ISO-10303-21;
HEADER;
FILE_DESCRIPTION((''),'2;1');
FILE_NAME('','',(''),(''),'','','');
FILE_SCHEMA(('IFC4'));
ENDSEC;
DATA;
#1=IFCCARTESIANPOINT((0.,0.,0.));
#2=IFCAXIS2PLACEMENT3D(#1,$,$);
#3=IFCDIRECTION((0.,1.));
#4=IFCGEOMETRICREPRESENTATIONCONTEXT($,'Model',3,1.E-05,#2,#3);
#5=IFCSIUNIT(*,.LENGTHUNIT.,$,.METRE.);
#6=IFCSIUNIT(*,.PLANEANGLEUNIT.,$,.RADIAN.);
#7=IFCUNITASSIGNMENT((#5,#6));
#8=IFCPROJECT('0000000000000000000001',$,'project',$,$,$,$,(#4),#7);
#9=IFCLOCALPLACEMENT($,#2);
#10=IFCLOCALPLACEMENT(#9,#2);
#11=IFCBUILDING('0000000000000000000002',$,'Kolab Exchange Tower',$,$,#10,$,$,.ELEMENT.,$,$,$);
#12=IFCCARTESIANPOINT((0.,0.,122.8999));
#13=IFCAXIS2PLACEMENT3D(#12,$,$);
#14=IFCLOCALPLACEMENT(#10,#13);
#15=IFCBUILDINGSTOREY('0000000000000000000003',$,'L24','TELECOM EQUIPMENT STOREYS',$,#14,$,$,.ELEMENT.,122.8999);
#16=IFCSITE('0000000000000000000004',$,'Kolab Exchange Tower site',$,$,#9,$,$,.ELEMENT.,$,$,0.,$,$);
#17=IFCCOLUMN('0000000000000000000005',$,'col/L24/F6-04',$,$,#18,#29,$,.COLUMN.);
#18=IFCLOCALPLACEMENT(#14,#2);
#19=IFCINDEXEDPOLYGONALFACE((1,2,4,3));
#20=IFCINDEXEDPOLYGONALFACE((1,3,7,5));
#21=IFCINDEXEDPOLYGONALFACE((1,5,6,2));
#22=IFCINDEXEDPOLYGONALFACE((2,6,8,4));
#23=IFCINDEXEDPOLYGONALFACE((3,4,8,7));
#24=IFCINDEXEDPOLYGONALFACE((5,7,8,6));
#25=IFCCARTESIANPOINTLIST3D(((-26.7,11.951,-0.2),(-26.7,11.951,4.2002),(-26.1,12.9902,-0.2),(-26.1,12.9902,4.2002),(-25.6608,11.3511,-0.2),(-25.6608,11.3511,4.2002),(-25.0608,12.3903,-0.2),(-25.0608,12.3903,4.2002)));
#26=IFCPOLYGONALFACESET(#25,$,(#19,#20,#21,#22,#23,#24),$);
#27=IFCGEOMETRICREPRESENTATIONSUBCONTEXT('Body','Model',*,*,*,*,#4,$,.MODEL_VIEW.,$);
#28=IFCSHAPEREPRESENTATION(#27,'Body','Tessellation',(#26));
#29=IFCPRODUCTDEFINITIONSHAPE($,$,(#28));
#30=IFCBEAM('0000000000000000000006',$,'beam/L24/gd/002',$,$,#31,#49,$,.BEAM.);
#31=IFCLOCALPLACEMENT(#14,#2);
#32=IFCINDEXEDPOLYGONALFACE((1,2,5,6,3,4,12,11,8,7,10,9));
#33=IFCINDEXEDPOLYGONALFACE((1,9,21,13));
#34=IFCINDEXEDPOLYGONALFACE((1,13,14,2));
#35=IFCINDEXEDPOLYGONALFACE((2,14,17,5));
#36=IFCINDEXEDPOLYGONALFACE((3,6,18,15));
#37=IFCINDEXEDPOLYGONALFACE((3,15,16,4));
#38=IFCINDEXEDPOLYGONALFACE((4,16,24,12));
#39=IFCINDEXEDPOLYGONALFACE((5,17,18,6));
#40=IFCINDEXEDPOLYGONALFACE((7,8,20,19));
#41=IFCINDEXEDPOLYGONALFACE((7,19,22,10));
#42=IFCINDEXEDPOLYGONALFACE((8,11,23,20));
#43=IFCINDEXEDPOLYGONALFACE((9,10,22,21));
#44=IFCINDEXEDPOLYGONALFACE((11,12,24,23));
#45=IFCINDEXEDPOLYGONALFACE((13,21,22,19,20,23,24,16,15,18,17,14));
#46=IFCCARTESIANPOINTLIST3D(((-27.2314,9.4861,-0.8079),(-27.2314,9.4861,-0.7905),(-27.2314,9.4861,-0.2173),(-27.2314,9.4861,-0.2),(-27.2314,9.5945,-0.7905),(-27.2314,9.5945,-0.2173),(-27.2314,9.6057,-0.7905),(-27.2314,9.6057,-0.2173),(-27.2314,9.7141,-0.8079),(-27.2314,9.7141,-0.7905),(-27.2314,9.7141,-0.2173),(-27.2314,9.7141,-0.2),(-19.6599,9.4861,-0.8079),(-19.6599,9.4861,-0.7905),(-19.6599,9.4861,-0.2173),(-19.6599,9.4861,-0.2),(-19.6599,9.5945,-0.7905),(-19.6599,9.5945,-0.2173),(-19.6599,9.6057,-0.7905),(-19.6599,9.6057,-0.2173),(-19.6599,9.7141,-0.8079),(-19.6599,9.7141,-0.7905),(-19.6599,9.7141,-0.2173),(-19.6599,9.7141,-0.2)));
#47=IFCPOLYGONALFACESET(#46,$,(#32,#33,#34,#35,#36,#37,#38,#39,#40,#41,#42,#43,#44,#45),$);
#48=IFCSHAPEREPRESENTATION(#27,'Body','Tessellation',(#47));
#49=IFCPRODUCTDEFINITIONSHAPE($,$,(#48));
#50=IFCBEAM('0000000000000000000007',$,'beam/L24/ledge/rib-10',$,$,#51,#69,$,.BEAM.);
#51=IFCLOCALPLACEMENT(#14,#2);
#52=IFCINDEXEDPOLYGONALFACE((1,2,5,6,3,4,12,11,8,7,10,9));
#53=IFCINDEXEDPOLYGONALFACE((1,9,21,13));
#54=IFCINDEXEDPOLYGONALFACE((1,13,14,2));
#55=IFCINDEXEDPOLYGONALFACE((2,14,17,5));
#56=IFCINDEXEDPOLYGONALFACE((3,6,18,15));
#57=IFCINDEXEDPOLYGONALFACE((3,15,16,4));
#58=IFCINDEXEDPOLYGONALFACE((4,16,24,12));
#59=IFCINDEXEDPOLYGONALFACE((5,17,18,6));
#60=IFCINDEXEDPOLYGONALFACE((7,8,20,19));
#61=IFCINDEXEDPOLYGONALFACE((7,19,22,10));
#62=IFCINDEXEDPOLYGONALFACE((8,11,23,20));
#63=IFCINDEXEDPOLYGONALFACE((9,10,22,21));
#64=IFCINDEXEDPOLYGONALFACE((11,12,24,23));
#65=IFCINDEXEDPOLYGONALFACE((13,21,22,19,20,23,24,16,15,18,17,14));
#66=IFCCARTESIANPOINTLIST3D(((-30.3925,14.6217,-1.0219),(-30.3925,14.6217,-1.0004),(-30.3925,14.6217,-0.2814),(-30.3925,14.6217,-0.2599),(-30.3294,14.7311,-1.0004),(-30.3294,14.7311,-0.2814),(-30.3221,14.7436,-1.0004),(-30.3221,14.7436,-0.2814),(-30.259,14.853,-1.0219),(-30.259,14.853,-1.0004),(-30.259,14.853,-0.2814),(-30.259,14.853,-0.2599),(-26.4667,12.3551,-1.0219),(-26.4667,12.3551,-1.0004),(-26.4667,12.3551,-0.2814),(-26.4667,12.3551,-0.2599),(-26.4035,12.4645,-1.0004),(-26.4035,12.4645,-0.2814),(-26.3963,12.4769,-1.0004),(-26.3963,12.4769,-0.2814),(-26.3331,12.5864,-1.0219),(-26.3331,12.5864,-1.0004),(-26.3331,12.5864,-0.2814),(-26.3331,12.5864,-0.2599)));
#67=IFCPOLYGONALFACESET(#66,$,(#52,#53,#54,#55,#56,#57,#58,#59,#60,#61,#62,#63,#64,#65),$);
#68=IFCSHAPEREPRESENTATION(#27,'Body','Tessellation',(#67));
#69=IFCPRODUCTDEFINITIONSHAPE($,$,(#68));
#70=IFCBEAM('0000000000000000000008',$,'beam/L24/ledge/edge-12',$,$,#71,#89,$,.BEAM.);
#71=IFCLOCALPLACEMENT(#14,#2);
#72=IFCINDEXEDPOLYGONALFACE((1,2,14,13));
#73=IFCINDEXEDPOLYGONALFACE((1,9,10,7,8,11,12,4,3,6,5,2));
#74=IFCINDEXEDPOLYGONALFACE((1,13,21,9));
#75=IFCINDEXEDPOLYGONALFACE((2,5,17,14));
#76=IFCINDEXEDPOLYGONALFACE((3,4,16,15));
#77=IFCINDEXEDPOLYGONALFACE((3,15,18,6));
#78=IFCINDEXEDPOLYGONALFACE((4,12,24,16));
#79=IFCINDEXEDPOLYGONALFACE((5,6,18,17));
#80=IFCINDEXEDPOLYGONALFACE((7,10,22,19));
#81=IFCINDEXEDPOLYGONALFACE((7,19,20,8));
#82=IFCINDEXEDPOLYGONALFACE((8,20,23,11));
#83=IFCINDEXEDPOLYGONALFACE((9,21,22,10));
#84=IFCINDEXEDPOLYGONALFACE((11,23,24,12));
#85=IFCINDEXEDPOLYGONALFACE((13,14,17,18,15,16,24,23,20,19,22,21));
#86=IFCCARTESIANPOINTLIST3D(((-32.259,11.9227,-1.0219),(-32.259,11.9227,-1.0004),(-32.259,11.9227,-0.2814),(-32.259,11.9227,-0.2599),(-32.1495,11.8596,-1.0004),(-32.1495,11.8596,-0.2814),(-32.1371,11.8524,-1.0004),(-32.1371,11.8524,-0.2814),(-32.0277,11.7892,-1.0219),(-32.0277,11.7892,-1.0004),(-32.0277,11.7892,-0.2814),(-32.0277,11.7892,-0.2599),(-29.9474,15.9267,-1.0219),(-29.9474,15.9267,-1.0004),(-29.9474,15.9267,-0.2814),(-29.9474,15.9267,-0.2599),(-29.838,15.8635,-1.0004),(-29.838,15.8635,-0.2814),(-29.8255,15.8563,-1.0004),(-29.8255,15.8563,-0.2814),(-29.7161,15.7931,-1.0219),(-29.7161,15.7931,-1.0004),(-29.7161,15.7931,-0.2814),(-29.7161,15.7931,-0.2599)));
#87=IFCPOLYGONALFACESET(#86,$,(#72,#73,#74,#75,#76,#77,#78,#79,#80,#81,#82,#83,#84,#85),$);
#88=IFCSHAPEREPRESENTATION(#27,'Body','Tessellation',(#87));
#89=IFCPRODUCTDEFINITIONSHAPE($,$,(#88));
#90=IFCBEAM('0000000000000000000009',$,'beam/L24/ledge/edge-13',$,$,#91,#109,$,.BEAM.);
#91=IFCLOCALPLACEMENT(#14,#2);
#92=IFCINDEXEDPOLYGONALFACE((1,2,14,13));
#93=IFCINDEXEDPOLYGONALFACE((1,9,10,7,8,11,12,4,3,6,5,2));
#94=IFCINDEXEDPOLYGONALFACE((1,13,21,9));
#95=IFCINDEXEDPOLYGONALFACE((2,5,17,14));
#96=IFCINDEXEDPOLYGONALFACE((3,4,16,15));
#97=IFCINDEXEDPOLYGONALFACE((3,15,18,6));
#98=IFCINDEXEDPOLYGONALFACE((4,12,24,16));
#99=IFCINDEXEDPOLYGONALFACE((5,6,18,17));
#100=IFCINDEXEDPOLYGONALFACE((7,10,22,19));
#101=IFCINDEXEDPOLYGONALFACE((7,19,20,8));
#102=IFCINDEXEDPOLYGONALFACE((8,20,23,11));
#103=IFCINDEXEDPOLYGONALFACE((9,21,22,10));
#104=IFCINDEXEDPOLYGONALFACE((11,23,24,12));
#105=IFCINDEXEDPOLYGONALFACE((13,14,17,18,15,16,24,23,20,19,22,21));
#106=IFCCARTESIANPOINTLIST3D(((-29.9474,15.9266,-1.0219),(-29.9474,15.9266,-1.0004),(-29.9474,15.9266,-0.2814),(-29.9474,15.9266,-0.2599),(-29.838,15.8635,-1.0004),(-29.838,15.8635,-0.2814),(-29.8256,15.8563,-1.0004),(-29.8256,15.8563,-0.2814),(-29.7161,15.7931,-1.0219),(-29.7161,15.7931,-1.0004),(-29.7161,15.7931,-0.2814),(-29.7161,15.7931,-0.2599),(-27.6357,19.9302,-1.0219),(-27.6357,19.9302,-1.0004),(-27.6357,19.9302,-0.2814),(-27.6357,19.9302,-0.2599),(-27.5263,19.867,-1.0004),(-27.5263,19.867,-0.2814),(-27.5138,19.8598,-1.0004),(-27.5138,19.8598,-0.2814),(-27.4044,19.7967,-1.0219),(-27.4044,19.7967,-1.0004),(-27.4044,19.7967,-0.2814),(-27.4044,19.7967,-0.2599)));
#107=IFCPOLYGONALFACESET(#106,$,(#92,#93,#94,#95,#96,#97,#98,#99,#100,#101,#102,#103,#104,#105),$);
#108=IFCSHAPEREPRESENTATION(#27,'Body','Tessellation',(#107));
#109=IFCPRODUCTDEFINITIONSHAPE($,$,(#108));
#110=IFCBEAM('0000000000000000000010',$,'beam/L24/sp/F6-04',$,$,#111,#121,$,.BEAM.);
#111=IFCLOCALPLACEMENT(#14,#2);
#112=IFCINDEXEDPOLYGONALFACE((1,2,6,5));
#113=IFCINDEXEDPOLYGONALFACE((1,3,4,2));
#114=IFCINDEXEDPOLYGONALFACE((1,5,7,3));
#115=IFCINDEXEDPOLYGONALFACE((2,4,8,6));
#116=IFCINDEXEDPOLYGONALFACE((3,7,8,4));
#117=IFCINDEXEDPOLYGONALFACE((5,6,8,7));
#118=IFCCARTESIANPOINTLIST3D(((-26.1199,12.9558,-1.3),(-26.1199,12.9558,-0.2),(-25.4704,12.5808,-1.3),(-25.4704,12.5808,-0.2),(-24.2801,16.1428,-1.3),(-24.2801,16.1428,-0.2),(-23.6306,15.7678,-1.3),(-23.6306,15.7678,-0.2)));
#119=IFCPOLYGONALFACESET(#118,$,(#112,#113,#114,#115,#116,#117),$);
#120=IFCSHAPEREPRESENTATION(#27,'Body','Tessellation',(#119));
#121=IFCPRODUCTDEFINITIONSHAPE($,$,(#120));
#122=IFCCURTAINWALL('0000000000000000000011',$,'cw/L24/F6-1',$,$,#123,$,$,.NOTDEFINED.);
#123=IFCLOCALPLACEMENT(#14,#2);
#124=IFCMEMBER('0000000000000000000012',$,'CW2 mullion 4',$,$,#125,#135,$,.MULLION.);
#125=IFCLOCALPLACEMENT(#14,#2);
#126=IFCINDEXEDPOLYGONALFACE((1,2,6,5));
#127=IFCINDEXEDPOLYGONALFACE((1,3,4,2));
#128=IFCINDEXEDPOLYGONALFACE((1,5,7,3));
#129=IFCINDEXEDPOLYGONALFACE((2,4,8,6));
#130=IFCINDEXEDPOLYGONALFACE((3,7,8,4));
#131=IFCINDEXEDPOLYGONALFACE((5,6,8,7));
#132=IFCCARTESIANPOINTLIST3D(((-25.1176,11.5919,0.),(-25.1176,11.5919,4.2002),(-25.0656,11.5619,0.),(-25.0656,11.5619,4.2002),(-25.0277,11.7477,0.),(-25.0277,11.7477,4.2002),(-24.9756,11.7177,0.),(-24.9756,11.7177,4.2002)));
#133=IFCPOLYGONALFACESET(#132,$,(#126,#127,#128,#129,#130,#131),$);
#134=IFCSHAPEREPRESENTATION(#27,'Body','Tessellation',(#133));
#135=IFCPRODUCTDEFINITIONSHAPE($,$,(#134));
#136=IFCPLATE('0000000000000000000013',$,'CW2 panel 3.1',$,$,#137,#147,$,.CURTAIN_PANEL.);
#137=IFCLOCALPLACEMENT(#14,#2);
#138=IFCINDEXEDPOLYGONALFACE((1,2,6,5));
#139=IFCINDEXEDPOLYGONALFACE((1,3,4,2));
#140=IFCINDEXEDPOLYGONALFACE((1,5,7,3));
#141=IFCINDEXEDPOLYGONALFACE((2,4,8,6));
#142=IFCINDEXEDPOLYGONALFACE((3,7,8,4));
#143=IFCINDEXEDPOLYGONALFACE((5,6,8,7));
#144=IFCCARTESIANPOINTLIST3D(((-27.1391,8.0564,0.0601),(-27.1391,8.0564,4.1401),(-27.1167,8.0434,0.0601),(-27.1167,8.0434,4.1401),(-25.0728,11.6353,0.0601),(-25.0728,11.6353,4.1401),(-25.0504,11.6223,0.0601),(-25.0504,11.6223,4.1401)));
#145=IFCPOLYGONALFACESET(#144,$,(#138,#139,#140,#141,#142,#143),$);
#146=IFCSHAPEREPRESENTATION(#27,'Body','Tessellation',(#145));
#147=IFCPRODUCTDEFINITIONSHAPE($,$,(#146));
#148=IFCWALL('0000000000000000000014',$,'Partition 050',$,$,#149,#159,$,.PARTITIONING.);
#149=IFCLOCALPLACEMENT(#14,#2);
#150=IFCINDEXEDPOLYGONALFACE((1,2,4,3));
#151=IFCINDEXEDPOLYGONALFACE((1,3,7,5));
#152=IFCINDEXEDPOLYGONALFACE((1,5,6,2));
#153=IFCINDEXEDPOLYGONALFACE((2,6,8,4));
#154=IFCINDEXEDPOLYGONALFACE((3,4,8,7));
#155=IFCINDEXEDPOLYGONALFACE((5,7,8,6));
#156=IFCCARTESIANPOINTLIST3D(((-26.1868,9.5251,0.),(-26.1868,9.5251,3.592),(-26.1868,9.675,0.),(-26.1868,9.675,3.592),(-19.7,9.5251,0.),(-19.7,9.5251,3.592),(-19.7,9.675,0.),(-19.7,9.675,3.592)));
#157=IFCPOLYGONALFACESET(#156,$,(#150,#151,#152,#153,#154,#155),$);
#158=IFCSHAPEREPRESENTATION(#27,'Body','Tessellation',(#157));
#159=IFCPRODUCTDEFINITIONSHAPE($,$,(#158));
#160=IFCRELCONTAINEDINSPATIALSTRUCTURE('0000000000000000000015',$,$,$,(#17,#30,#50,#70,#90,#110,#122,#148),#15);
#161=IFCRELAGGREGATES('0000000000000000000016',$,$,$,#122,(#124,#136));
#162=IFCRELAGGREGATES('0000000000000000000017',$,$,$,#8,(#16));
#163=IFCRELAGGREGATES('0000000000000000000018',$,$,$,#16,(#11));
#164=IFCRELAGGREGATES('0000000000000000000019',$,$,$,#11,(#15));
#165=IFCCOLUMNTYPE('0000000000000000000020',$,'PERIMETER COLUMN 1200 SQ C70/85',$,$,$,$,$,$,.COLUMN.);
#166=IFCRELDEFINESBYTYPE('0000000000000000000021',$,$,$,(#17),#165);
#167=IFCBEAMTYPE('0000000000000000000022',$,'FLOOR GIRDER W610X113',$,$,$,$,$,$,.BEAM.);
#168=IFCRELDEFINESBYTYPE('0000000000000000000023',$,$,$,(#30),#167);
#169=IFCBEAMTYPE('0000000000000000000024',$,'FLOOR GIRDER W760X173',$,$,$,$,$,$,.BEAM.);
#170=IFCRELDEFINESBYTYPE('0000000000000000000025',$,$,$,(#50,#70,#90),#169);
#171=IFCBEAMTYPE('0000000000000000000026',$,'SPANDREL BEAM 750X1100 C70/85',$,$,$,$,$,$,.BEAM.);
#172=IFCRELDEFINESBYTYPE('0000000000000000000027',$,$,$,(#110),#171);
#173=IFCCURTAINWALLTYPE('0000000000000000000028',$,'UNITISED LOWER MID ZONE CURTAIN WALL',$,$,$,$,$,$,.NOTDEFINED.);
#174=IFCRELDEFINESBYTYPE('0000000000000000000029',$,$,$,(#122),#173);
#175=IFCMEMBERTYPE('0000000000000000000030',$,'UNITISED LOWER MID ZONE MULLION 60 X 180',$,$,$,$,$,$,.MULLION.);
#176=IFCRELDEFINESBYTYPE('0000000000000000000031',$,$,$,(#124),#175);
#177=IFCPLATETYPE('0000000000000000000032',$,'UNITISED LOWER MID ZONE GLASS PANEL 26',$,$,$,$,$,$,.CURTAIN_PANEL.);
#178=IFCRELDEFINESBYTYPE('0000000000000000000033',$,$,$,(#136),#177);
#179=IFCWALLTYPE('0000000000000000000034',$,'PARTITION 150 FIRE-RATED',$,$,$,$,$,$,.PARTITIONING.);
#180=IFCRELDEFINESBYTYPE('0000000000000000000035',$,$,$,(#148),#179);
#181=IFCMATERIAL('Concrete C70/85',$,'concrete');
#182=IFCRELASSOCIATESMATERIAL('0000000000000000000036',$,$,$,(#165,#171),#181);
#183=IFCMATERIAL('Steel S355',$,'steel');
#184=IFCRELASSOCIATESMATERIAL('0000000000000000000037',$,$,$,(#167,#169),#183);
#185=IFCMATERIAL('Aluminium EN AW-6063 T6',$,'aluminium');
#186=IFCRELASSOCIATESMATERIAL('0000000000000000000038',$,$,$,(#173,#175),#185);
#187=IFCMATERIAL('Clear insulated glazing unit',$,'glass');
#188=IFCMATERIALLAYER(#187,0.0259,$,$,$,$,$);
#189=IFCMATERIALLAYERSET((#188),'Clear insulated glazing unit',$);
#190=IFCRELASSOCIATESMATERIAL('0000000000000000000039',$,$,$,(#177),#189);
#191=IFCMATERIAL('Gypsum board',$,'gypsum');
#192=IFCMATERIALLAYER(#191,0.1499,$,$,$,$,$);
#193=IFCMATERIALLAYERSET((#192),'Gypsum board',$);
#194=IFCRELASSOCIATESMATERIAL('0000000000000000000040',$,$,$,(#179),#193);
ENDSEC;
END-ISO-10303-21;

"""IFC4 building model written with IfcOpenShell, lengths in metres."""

from ifc_helpers import new_model, si_unit, direction, frame, frame_2d, origin, origin_2d, place, context, subcontext, project, spatial, rectangle, i_section, extrude, material, layer, layer_set, material_profile, profile_set, type_object, element, aggregate, save


model = new_model("IFC4")

# Units and contexts
model_context = context("Model", 3, precision=1e-05, world=origin(), true_north=direction((0.0, 1.0)))
body_context = subcontext(model_context, "Body", "Model", "MODEL_VIEW")
ifc_project = project(units=[si_unit("LENGTHUNIT", "METRE"), si_unit("PLANEANGLEUNIT", "RADIAN")], contexts=[model_context])

# Site, building, storey
site_placement = place(None, origin())
site = spatial("IfcSite", under=ifc_project, at=site_placement, Name="Kolab Exchange Tower site", CompositionType="ELEMENT", RefElevation=0.0)
building_placement = place(site_placement, origin())
building = spatial("IfcBuilding", under=site, at=building_placement, Name="Kolab Exchange Tower", CompositionType="ELEMENT")
storey_placement = place(building_placement, frame((0.0, 0.0, 122.8999)))
storey = spatial("IfcBuildingStorey", under=building, at=storey_placement, Name="L24", Description="TELECOM EQUIPMENT STOREYS", CompositionType="ELEMENT", Elevation=122.8999)

# Column
ifc_material_1 = material(Name="Concrete C70/85", Category="concrete")
ifc_material_profile_1 = material_profile(ifc_material_1, rectangle(XDim=1.2, YDim=1.2, at=origin_2d()), Name="RC1200")
ifc_profile_set_1 = profile_set([ifc_material_profile_1], Name="Concrete C70/85")
column_type = type_object("IfcColumnType", Name="PERIMETER COLUMN 1200 SQ C70/85", PredefinedType="COLUMN", material=ifc_profile_set_1)
column_placement = place(storey_placement, frame((-25.8804, 12.1707, -0.2), z_axis=(0.0, 0.0, 1.0), x_axis=(0.5, 0.866025, 0.0)))
element("IfcColumn", 1, at=column_placement, inside=storey, type_object=column_type, Name="col/L24/F6-04", PredefinedType="COLUMN", context=body_context, shape_type="SweptSolid", body=[
    extrude(rectangle(XDim=1.2, YDim=1.2, at=origin_2d()), origin(), (0.0, 0.0, 1.0), 4.4001),
])

# Beams
ifc_material_2 = material(Name="Steel S355", Category="steel")
ifc_material_profile_2 = material_profile(ifc_material_2, i_section(OverallWidth=0.228, OverallDepth=0.6079, WebThickness=0.0112, FlangeThickness=0.0173, at=origin_2d()), Name="W610X113")
ifc_profile_set_2 = profile_set([ifc_material_profile_2], Name="Steel S355")
beam_type_1 = type_object("IfcBeamType", Name="FLOOR GIRDER W610X113", PredefinedType="BEAM", material=ifc_profile_set_2)
beam_1_placement = place(storey_placement, frame((-27.2314, 9.6001, -0.5039), z_axis=(1.0, 0.0, 0.0), x_axis=(0.0, 1.0, 0.0)))
element("IfcBeam", 2, at=beam_1_placement, inside=storey, type_object=beam_type_1, Name="beam/L24/gd/002", PredefinedType="BEAM", context=body_context, shape_type="SweptSolid", body=[
    extrude(i_section(OverallWidth=0.228, OverallDepth=0.6079, WebThickness=0.0112, FlangeThickness=0.0173, at=origin_2d()), origin(), (0.0, 0.0, 1.0), 7.5715),
])
ifc_material_profile_3 = material_profile(ifc_material_2, i_section(OverallWidth=0.2671, OverallDepth=0.762, WebThickness=0.0144, FlangeThickness=0.0215, at=origin_2d()), Name="W760X173")
ifc_profile_set_3 = profile_set([ifc_material_profile_3], Name="Steel S355")
beam_type_2 = type_object("IfcBeamType", Name="FLOOR GIRDER W760X173", PredefinedType="BEAM", material=ifc_profile_set_3)
beam_2_placement = place(storey_placement, frame((-26.3999, 12.4707, -0.6409), z_axis=(-0.866021, 0.500008, 0.0), x_axis=(-0.500008, -0.866021, 0.0)))
element("IfcBeam", 3, at=beam_2_placement, inside=storey, type_object=beam_type_2, Name="beam/L24/ledge/rib-10", PredefinedType="BEAM", context=body_context, shape_type="SweptSolid", body=[
    extrude(i_section(OverallWidth=0.2671, OverallDepth=0.762, WebThickness=0.0144, FlangeThickness=0.0215, at=origin_2d()), origin(), (0.0, 0.0, 1.0), 4.5332),
])
beam_3_placement = place(storey_placement, frame((-32.1433, 11.856, -0.6409), z_axis=(0.499978, 0.866038, 0.0), x_axis=(-0.866038, 0.499978, 0.0)))
element("IfcBeam", 4, at=beam_3_placement, inside=storey, type_object=beam_type_2, Name="beam/L24/ledge/edge-12", PredefinedType="BEAM", context=body_context, shape_type="SweptSolid", body=[
    extrude(i_section(OverallWidth=0.2671, OverallDepth=0.762, WebThickness=0.0144, FlangeThickness=0.0215, at=origin_2d()), origin(), (0.0, 0.0, 1.0), 4.6233),
])
beam_4_placement = place(storey_placement, frame((-29.8318, 15.8599, -0.6409), z_axis=(0.500041, 0.866002, 0.0), x_axis=(-0.866002, 0.500041, 0.0)))
element("IfcBeam", 5, at=beam_4_placement, inside=storey, type_object=beam_type_2, Name="beam/L24/ledge/edge-13", PredefinedType="BEAM", context=body_context, shape_type="SweptSolid", body=[
    extrude(i_section(OverallWidth=0.2671, OverallDepth=0.762, WebThickness=0.0144, FlangeThickness=0.0215, at=origin_2d()), origin(), (0.0, 0.0, 1.0), 4.623),
])
ifc_material_profile_4 = material_profile(ifc_material_1, rectangle(XDim=0.75, YDim=1.1001, at=origin_2d()), Name="RC750X1100")
ifc_profile_set_4 = profile_set([ifc_material_profile_4], Name="Concrete C70/85")
beam_type_3 = type_object("IfcBeamType", Name="SPANDREL BEAM 750X1100 C70/85", PredefinedType="BEAM", material=ifc_profile_set_4)
beam_5_placement = place(storey_placement, frame((-25.7952, 12.7683, -0.75), z_axis=(0.499964, 0.866046, 0.0), x_axis=(-0.866046, 0.499964, 0.0)))
element("IfcBeam", 6, at=beam_5_placement, inside=storey, type_object=beam_type_3, Name="beam/L24/sp/F6-04", PredefinedType="BEAM", context=body_context, shape_type="SweptSolid", body=[
    extrude(rectangle(XDim=0.75, YDim=1.1001, at=origin_2d()), origin(), (0.0, 0.0, 1.0), 3.6799),
])

# Curtain wall, member, plate
ifc_material_3 = material(Name="Aluminium EN AW-6063 T6", Category="aluminium")
curtain_wall_type = type_object("IfcCurtainWallType", Name="UNITISED LOWER MID ZONE CURTAIN WALL", PredefinedType="NOTDEFINED", material=ifc_material_3)
curtain_wall_placement = place(storey_placement, origin())
curtain_wall = element("IfcCurtainWall", 7, at=curtain_wall_placement, inside=storey, type_object=curtain_wall_type, Name="cw/L24/F6-1", PredefinedType="NOTDEFINED")
ifc_material_profile_5 = material_profile(ifc_material_3, rectangle(XDim=0.0601, YDim=0.1799, at=origin_2d()), Name="RECT 60X180")
ifc_profile_set_5 = profile_set([ifc_material_profile_5], Name="Aluminium EN AW-6063 T6")
member_type = type_object("IfcMemberType", Name="UNITISED LOWER MID ZONE MULLION 60 X 180", PredefinedType="MULLION", material=ifc_profile_set_5)
member_placement = place(storey_placement, frame((-25.0466, 11.6548, 0.0), z_axis=(0.0, 0.0, 1.0), x_axis=(-0.866025, 0.5, 0.0)))
member = element("IfcMember", 8, at=member_placement, type_object=member_type, Name="CW2 mullion 4", PredefinedType="MULLION", context=body_context, shape_type="SweptSolid", body=[
    extrude(rectangle(XDim=0.0601, YDim=0.1799, at=origin_2d()), origin(), (0.0, 0.0, 1.0), 4.2002),
])
ifc_material_4 = material(Name="Clear insulated glazing unit", Category="glass")
ifc_layer_1 = layer(ifc_material_4, 0.0259)
ifc_layer_set_1 = layer_set([ifc_layer_1], Name="Clear insulated glazing unit")
plate_type = type_object("IfcPlateType", Name="UNITISED LOWER MID ZONE GLASS PANEL 26", PredefinedType="CURTAIN_PANEL", material=ifc_layer_set_1)
plate_placement = place(storey_placement, frame((-26.0947, 9.8394, 0.0601), z_axis=(0.0, 0.0, 1.0), x_axis=(0.5, 0.866025, 0.0)))
plate = element("IfcPlate", 9, at=plate_placement, type_object=plate_type, Name="CW2 panel 3.1", PredefinedType="CURTAIN_PANEL", context=body_context, shape_type="SweptSolid", body=[
    extrude(rectangle(XDim=4.1326, YDim=0.0259, at=origin_2d()), origin(), (0.0, 0.0, 1.0), 4.0801),
])
aggregate(curtain_wall, [member, plate])

# Wall
ifc_material_5 = material(Name="Gypsum board", Category="gypsum")
ifc_layer_2 = layer(ifc_material_5, 0.1499)
ifc_layer_set_2 = layer_set([ifc_layer_2], Name="Gypsum board")
wall_type_1 = type_object("IfcWallType", Name="PARTITION 150 FIRE-RATED", PredefinedType="PARTITIONING", material=ifc_layer_set_2)
wall_1_placement = place(storey_placement, frame((-26.1868, 9.6001, 0.0), z_axis=(0.0, 0.0, 1.0), x_axis=(1.0, 0.0, 0.0)))
element("IfcWall", 10, at=wall_1_placement, inside=storey, type_object=wall_type_1, Name="Partition 050", PredefinedType="PARTITIONING", context=body_context, shape_type="SweptSolid", body=[
    extrude(rectangle(XDim=6.4868, YDim=0.1499, at=frame_2d((3.2434, 0.0))), origin(), (0.0, 0.0, 1.0), 3.592),
])

save(model, "model.ifc")
